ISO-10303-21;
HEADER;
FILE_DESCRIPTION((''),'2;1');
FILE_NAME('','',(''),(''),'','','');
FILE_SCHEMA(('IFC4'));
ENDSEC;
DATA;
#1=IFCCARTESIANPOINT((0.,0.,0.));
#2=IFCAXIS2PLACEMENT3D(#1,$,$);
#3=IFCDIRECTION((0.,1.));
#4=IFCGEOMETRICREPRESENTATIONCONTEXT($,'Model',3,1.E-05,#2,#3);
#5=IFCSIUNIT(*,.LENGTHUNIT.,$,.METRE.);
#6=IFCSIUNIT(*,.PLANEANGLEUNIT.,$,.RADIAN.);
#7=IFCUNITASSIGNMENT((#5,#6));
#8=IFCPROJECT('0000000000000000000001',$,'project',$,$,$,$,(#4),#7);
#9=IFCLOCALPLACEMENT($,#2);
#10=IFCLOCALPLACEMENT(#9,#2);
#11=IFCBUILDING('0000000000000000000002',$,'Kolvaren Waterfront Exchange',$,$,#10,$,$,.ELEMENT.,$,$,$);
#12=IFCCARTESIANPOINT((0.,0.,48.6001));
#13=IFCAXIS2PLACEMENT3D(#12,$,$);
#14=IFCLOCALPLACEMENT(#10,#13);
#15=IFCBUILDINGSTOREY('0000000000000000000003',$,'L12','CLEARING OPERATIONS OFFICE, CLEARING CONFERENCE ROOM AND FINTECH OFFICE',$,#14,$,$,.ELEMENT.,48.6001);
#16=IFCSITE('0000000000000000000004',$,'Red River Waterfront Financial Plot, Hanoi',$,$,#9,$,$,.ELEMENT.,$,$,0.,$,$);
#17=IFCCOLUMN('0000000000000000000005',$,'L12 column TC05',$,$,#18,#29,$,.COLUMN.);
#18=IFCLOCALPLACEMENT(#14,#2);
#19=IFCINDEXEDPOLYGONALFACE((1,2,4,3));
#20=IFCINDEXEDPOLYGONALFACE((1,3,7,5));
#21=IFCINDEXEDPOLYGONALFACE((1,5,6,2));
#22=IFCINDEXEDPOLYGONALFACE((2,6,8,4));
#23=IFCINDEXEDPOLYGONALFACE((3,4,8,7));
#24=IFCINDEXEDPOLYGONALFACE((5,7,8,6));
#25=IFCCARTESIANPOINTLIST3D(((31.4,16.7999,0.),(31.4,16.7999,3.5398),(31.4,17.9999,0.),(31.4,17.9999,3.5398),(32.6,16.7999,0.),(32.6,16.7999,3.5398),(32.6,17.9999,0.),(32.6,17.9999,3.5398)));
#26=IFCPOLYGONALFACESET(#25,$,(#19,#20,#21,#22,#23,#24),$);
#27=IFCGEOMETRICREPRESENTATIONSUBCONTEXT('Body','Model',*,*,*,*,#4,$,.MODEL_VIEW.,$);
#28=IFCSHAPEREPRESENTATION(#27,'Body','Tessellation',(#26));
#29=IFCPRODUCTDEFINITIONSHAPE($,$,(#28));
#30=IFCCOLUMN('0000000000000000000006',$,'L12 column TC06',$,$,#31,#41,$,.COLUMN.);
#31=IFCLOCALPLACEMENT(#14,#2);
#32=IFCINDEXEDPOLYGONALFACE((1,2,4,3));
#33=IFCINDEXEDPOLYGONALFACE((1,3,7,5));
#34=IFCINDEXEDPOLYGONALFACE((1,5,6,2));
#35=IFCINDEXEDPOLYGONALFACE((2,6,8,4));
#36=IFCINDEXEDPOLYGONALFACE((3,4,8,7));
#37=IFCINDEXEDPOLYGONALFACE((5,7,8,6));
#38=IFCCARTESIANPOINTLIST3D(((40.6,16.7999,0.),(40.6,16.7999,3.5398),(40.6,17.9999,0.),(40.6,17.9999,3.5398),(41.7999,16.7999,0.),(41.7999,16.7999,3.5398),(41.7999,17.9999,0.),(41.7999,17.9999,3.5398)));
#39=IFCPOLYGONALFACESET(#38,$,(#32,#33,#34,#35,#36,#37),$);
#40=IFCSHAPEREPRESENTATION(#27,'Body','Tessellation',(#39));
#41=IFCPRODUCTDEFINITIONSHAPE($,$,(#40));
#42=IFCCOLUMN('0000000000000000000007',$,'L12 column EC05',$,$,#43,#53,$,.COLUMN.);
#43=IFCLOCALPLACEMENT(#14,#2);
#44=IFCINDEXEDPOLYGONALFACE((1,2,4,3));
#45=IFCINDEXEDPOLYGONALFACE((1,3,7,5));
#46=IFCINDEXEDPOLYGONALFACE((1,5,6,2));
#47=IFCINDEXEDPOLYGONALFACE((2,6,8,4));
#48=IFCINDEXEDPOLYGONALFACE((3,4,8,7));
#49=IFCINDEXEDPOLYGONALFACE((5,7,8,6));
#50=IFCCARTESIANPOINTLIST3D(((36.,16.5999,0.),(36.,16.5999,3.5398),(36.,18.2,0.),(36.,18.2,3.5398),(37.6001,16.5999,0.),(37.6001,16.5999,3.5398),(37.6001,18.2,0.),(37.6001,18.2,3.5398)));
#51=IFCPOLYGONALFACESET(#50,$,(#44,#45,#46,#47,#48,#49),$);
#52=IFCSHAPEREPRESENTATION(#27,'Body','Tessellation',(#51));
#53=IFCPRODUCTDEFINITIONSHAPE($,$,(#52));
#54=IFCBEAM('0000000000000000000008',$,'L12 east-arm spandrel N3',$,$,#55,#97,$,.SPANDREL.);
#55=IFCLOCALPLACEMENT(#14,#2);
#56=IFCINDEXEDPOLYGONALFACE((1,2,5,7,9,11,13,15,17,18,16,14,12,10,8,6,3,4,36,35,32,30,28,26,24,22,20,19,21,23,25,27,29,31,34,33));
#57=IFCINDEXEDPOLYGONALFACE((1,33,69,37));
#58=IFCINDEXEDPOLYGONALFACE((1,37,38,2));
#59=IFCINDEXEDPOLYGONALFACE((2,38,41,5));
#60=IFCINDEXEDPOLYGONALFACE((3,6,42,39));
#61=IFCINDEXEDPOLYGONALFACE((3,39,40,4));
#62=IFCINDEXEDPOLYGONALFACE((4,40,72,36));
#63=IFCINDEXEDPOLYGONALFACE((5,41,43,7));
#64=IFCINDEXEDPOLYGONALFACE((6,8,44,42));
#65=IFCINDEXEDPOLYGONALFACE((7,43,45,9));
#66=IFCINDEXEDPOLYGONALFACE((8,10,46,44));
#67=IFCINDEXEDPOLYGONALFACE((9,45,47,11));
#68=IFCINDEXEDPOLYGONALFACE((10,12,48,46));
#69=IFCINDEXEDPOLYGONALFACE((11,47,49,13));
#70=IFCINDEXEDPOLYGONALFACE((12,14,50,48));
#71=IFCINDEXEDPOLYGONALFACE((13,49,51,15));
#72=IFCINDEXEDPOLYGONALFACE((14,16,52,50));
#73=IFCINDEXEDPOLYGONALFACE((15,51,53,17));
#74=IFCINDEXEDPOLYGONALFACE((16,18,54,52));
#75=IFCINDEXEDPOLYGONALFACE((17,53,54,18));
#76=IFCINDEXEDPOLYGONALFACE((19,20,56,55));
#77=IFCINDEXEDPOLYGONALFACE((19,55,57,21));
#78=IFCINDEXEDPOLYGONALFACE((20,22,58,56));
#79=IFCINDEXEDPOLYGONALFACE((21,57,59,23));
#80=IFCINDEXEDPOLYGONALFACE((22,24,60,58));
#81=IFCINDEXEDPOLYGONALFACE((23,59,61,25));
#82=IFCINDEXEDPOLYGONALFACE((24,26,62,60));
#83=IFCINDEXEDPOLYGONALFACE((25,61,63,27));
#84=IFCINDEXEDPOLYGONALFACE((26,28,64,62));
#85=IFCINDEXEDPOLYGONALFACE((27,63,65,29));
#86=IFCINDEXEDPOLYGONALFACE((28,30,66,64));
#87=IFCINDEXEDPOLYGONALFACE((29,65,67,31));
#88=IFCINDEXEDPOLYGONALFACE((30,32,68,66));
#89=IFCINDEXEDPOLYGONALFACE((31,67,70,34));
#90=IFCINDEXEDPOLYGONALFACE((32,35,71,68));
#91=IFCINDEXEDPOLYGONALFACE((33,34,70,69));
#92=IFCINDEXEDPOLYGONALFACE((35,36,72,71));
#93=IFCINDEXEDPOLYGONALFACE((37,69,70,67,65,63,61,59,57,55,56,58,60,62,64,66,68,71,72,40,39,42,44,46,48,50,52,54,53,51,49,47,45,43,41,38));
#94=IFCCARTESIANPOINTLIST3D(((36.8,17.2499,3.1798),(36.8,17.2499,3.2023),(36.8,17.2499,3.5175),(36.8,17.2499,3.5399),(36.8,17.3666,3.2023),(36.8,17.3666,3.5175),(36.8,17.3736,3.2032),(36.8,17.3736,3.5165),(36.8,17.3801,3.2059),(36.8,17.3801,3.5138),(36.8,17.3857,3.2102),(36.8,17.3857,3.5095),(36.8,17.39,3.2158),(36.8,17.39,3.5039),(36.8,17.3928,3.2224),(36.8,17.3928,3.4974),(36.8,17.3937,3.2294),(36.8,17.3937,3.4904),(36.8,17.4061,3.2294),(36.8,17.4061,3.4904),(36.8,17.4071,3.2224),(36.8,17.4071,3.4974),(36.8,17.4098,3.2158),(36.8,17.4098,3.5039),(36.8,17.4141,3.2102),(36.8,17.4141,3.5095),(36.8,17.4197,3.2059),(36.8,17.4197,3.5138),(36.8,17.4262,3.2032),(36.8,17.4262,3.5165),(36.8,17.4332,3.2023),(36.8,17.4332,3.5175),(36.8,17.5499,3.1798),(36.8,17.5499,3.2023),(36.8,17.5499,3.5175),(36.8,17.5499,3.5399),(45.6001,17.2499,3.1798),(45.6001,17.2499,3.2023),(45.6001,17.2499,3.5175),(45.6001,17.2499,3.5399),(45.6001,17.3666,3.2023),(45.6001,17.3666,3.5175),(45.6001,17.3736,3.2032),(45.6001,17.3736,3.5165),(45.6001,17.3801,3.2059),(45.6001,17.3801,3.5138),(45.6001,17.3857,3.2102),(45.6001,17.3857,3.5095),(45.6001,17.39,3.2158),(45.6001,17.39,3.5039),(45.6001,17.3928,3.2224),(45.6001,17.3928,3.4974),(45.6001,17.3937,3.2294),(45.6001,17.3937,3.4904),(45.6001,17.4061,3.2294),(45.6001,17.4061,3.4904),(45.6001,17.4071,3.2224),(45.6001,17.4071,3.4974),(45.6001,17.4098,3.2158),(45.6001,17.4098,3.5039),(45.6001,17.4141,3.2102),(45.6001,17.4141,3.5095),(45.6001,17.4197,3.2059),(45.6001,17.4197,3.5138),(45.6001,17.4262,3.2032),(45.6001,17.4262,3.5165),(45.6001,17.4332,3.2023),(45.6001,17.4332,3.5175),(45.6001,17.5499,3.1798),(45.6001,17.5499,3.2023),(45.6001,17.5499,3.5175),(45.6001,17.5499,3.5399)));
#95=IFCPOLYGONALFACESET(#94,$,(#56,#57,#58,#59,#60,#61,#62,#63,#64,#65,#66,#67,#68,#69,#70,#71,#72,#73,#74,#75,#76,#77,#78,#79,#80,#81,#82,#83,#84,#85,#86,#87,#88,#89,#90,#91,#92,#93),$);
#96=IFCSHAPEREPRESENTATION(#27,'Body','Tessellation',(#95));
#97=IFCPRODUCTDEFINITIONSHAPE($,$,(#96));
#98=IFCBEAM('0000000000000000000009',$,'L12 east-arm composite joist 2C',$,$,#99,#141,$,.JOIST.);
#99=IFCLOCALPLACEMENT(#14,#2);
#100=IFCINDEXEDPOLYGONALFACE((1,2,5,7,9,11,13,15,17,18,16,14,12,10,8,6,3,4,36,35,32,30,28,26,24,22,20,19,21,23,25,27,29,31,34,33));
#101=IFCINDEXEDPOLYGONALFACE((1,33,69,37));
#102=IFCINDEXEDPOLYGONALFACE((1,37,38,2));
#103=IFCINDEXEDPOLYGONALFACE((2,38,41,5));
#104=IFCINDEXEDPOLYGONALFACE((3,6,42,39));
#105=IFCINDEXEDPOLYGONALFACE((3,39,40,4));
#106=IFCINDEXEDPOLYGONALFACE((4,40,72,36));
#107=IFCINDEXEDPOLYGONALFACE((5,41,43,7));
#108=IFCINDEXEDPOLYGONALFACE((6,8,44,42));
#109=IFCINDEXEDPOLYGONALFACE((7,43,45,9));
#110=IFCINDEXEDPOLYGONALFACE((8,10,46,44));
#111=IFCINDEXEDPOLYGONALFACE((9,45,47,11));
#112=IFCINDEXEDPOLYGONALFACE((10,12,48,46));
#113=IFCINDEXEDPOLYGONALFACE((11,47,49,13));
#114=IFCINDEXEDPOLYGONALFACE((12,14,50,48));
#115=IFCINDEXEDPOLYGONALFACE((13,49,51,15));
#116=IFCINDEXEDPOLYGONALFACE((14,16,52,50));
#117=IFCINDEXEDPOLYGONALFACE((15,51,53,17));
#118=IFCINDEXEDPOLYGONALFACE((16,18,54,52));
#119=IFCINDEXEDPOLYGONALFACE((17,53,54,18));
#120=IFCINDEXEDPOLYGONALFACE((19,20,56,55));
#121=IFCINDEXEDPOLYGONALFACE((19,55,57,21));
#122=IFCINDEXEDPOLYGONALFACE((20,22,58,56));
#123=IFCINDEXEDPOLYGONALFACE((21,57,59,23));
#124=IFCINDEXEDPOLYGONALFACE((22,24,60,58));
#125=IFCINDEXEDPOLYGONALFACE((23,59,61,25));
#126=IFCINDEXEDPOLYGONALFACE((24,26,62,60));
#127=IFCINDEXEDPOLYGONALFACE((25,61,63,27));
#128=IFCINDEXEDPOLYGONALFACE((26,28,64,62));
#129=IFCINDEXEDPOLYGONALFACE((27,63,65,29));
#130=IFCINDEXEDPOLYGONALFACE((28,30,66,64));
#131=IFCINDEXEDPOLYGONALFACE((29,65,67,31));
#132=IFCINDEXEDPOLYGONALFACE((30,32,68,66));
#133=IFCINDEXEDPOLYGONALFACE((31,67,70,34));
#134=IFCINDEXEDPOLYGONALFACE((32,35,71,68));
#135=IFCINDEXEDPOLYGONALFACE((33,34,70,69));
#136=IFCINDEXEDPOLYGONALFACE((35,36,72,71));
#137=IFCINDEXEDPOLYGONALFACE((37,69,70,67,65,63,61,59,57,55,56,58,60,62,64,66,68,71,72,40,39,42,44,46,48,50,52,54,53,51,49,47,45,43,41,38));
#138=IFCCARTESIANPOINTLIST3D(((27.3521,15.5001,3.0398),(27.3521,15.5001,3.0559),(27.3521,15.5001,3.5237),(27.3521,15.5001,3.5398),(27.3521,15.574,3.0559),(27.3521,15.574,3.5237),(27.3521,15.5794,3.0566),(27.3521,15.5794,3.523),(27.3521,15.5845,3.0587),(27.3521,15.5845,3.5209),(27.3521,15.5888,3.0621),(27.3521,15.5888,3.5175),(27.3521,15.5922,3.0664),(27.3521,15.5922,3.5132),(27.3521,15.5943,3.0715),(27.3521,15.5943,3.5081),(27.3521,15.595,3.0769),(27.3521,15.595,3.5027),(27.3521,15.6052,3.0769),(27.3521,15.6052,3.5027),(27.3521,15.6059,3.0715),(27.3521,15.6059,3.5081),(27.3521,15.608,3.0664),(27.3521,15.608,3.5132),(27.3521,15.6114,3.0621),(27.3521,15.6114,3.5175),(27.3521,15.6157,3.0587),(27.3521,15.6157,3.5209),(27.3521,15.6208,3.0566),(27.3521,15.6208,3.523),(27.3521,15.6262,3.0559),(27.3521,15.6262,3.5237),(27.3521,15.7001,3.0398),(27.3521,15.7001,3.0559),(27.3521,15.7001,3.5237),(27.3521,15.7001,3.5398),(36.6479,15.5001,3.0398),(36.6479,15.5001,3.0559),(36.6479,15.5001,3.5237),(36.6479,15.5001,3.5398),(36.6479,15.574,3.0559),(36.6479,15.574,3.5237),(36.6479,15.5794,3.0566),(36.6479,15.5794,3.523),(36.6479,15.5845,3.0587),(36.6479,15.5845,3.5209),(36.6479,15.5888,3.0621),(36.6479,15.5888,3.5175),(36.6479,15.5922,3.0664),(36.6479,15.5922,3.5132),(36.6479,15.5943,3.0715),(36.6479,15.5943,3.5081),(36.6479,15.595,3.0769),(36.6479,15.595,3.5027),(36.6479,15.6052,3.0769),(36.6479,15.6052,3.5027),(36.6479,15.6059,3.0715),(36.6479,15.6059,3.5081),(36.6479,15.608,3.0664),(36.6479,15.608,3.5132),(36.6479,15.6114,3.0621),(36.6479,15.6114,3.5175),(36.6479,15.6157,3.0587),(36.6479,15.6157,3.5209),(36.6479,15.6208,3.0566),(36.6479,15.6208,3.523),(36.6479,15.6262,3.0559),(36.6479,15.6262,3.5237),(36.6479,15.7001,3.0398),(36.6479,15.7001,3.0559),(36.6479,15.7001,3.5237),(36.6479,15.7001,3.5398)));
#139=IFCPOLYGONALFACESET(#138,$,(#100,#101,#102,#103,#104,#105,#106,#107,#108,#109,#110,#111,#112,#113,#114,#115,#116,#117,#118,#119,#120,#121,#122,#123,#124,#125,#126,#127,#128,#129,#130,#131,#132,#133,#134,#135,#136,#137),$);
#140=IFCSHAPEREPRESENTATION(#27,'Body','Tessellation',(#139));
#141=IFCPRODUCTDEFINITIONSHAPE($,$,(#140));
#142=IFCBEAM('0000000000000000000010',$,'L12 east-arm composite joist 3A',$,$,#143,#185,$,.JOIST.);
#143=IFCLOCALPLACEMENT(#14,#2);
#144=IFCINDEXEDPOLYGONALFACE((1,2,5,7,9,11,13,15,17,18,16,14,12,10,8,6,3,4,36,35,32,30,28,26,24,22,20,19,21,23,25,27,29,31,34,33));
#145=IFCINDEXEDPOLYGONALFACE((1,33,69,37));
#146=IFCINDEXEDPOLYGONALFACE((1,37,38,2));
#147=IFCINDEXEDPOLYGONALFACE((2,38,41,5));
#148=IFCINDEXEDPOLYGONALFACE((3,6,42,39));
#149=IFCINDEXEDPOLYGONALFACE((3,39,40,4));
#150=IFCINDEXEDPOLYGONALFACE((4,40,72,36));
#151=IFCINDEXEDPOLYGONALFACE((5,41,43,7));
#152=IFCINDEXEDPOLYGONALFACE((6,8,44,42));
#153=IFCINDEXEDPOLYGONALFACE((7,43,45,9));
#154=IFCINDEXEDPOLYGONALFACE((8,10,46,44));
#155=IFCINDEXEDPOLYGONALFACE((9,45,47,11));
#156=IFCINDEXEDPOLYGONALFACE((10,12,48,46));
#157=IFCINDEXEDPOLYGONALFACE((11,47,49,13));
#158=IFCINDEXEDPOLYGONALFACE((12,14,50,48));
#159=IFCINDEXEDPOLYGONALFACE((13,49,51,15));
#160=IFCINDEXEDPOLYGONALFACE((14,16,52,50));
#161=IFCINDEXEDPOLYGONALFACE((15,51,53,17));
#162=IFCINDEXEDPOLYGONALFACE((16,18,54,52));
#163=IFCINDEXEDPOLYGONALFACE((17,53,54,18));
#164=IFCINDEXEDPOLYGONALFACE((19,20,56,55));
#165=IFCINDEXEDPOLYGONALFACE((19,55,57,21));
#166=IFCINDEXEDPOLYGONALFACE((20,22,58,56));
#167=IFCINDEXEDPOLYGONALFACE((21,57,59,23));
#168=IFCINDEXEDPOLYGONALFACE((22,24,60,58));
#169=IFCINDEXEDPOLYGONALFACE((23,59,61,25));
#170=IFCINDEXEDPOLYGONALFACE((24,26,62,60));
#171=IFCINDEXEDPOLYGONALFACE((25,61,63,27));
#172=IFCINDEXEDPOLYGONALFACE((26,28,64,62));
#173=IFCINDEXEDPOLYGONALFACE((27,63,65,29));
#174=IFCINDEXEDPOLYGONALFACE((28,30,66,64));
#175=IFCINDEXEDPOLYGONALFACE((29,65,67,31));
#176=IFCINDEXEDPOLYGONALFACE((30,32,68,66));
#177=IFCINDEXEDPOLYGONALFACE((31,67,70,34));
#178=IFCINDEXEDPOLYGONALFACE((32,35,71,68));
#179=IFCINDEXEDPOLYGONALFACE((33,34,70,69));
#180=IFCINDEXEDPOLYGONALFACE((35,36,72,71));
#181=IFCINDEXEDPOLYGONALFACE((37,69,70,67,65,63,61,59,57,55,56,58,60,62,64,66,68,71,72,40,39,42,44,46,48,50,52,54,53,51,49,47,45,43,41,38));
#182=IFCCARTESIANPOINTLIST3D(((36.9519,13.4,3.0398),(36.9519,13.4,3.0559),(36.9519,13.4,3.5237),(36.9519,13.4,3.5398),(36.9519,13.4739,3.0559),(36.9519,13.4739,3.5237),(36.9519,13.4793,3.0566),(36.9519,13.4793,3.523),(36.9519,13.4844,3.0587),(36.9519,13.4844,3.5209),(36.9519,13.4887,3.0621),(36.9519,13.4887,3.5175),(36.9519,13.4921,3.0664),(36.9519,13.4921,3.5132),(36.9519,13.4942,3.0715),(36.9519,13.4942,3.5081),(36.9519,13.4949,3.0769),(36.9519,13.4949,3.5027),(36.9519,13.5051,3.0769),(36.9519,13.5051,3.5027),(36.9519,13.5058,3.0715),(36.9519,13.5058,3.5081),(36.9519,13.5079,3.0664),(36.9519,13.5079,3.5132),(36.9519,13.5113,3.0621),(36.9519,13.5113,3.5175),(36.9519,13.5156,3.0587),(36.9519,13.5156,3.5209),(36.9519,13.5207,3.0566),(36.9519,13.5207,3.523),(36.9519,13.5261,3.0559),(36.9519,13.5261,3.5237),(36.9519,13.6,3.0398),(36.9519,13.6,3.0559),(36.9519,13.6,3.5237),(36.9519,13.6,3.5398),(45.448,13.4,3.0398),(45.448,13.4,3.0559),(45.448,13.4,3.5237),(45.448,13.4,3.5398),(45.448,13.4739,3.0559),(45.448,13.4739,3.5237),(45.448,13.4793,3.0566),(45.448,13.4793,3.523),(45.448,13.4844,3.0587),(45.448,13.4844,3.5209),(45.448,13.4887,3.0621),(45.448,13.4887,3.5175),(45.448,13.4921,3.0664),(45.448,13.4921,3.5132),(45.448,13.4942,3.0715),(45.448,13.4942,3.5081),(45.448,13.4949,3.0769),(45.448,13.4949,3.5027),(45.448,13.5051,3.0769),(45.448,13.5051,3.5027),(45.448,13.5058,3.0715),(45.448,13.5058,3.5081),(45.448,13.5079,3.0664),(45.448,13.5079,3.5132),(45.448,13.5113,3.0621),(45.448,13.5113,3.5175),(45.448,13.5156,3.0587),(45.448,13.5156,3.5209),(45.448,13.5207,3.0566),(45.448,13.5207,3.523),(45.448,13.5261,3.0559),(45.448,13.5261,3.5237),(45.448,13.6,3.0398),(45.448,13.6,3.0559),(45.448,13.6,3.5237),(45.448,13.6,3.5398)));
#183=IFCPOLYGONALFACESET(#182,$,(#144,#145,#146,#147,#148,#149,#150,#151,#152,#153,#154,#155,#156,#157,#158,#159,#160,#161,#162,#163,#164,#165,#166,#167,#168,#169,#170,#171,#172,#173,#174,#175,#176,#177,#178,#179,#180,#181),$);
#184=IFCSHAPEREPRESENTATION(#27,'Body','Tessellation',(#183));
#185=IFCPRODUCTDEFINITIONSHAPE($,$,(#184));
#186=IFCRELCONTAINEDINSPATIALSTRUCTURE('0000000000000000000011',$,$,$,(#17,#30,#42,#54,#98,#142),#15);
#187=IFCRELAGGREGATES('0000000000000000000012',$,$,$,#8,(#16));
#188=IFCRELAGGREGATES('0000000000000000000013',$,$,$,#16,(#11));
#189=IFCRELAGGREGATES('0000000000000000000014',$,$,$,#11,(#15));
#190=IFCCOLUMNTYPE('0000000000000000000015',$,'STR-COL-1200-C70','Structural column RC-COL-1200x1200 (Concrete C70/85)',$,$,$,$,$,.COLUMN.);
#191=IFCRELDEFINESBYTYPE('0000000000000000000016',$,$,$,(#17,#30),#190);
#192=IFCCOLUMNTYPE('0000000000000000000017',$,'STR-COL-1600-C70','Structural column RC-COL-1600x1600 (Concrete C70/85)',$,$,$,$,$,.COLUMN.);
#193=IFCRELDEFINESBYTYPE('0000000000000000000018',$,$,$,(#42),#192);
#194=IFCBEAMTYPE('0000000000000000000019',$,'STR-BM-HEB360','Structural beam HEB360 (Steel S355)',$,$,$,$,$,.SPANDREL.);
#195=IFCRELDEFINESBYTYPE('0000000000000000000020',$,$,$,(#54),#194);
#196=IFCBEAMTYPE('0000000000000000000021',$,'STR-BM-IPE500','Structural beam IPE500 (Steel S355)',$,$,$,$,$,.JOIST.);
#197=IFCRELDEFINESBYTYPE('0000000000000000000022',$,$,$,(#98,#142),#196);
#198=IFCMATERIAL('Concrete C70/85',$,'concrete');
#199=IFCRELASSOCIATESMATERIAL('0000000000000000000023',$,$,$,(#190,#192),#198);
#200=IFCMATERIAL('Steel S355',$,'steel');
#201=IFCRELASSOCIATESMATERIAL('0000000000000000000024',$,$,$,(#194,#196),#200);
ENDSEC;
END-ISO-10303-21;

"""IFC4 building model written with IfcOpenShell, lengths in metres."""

from ifc_helpers import new_model, si_unit, direction, frame, origin, origin_2d, place, context, subcontext, project, spatial, rectangle, i_section, extrude, material, material_profile, profile_set, type_object, element, save


model = new_model("IFC4")

# Units and contexts
model_context = context("Model", 3, precision=1e-05, world=origin(), true_north=direction((0.0, 1.0)))
body_context = subcontext(model_context, "Body", "Model", "MODEL_VIEW")
ifc_project = project(units=[si_unit("LENGTHUNIT", "METRE"), si_unit("PLANEANGLEUNIT", "RADIAN")], contexts=[model_context])

# Site, building, storey
site_placement = place(None, origin())
site = spatial("IfcSite", under=ifc_project, at=site_placement, Name="Red River Waterfront Financial Plot, Hanoi", CompositionType="ELEMENT", RefElevation=0.0)
building_placement = place(site_placement, origin())
building = spatial("IfcBuilding", under=site, at=building_placement, Name="Kolvaren Waterfront Exchange", CompositionType="ELEMENT")
storey_placement = place(building_placement, frame((0.0, 0.0, 48.6001)))
storey = spatial("IfcBuildingStorey", under=building, at=storey_placement, Name="L12", Description="CLEARING OPERATIONS OFFICE, CLEARING CONFERENCE ROOM AND FINTECH OFFICE", CompositionType="ELEMENT", Elevation=48.6001)

# Columns
ifc_material_1 = material(Name="Concrete C70/85", Category="concrete")
ifc_material_profile_1 = material_profile(ifc_material_1, rectangle(XDim=1.2, YDim=1.2, at=origin_2d()), Name="RC-COL-1200x1200")
ifc_profile_set_1 = profile_set([ifc_material_profile_1], Name="Concrete C70/85")
column_type_1 = type_object("IfcColumnType", Name="STR-COL-1200-C70", Description="Structural column RC-COL-1200x1200 (Concrete C70/85)", PredefinedType="COLUMN", material=ifc_profile_set_1)
for number, where, z_axis, x_axis, name in (
    (1, (32.0, 17.3999, 0.0), (0.0, 0.0, 1.0), (1.0, 0.0, 0.0), "L12 column TC05"),
    (2, (41.2, 17.3999, 0.0), (0.0, 0.0, 1.0), (1.0, 0.0, 0.0), "L12 column TC06"),
):
    element("IfcColumn", number, at=place(storey_placement, frame(where, z_axis=z_axis, x_axis=x_axis)), inside=storey, type_object=column_type_1, Name=name, PredefinedType="COLUMN", context=body_context, shape_type="SweptSolid", body=[
        extrude(rectangle(XDim=1.2, YDim=1.2, at=origin_2d()), origin(), (0.0, 0.0, 1.0), 3.5398),
    ])
ifc_material_profile_2 = material_profile(ifc_material_1, rectangle(XDim=1.6001, YDim=1.6001, at=origin_2d()), Name="RC-COL-1600x1600")
ifc_profile_set_2 = profile_set([ifc_material_profile_2], Name="Concrete C70/85")
column_type_2 = type_object("IfcColumnType", Name="STR-COL-1600-C70", Description="Structural column RC-COL-1600x1600 (Concrete C70/85)", PredefinedType="COLUMN", material=ifc_profile_set_2)
column_placement = place(storey_placement, frame((36.8, 17.3999, 0.0), z_axis=(0.0, 0.0, 1.0), x_axis=(1.0, 0.0, 0.0)))
element("IfcColumn", 3, at=column_placement, inside=storey, type_object=column_type_2, Name="L12 column EC05", PredefinedType="COLUMN", context=body_context, shape_type="SweptSolid", body=[
    extrude(rectangle(XDim=1.6001, YDim=1.6001, at=origin_2d()), origin(), (0.0, 0.0, 1.0), 3.5398),
])

# Beams
ifc_material_2 = material(Name="Steel S355", Category="steel")
ifc_material_profile_3 = material_profile(ifc_material_2, i_section(OverallWidth=0.3, OverallDepth=0.3601, WebThickness=0.0125, FlangeThickness=0.0225, FilletRadius=0.0271, at=origin_2d()), Name="HEB360")
ifc_profile_set_3 = profile_set([ifc_material_profile_3], Name="Steel S355")
beam_type_1 = type_object("IfcBeamType", Name="STR-BM-HEB360", Description="Structural beam HEB360 (Steel S355)", PredefinedType="SPANDREL", material=ifc_profile_set_3)
beam_1_placement = place(storey_placement, frame((36.8, 17.3999, 3.3599), z_axis=(1.0, 0.0, 0.0), x_axis=(0.0, 1.0, 0.0)))
element("IfcBeam", 4, at=beam_1_placement, inside=storey, type_object=beam_type_1, Name="L12 east-arm spandrel N3", PredefinedType="SPANDREL", context=body_context, shape_type="SweptSolid", body=[
    extrude(i_section(OverallWidth=0.3, OverallDepth=0.3601, WebThickness=0.0125, FlangeThickness=0.0225, FilletRadius=0.0271, at=origin_2d()), origin(), (0.0, 0.0, 1.0), 8.8),
])
ifc_material_profile_4 = material_profile(ifc_material_2, i_section(OverallWidth=0.2, OverallDepth=0.5, WebThickness=0.0103, FlangeThickness=0.0161, FilletRadius=0.021, at=origin_2d()), Name="IPE500")
ifc_profile_set_4 = profile_set([ifc_material_profile_4], Name="Steel S355")
beam_type_2 = type_object("IfcBeamType", Name="STR-BM-IPE500", Description="Structural beam IPE500 (Steel S355)", PredefinedType="JOIST", material=ifc_profile_set_4)
beam_2_placement = place(storey_placement, frame((27.3521, 15.6001, 3.2898), z_axis=(1.0, 0.0, 0.0), x_axis=(0.0, 1.0, 0.0)))
element("IfcBeam", 5, at=beam_2_placement, inside=storey, type_object=beam_type_2, Name="L12 east-arm composite joist 2C", PredefinedType="JOIST", context=body_context, shape_type="SweptSolid", body=[
    extrude(i_section(OverallWidth=0.2, OverallDepth=0.5, WebThickness=0.0103, FlangeThickness=0.0161, FilletRadius=0.021, at=origin_2d()), origin(), (0.0, 0.0, 1.0), 9.2959),
])
for number, where, z_axis, x_axis, name in (
    (6, (36.9519, 13.5, 3.2898), (1.0, 0.0, 0.0), (0.0, 1.0, 0.0), "L12 east-arm composite joist 3A"),
):
    element("IfcBeam", number, at=place(storey_placement, frame(where, z_axis=z_axis, x_axis=x_axis)), inside=storey, type_object=beam_type_2, Name=name, PredefinedType="JOIST", context=body_context, shape_type="SweptSolid", body=[
        extrude(i_section(OverallWidth=0.2, OverallDepth=0.5, WebThickness=0.0103, FlangeThickness=0.0161, FilletRadius=0.021, at=origin_2d()), origin(), (0.0, 0.0, 1.0), 8.4961),
    ])

save(model, "model.ifc")
